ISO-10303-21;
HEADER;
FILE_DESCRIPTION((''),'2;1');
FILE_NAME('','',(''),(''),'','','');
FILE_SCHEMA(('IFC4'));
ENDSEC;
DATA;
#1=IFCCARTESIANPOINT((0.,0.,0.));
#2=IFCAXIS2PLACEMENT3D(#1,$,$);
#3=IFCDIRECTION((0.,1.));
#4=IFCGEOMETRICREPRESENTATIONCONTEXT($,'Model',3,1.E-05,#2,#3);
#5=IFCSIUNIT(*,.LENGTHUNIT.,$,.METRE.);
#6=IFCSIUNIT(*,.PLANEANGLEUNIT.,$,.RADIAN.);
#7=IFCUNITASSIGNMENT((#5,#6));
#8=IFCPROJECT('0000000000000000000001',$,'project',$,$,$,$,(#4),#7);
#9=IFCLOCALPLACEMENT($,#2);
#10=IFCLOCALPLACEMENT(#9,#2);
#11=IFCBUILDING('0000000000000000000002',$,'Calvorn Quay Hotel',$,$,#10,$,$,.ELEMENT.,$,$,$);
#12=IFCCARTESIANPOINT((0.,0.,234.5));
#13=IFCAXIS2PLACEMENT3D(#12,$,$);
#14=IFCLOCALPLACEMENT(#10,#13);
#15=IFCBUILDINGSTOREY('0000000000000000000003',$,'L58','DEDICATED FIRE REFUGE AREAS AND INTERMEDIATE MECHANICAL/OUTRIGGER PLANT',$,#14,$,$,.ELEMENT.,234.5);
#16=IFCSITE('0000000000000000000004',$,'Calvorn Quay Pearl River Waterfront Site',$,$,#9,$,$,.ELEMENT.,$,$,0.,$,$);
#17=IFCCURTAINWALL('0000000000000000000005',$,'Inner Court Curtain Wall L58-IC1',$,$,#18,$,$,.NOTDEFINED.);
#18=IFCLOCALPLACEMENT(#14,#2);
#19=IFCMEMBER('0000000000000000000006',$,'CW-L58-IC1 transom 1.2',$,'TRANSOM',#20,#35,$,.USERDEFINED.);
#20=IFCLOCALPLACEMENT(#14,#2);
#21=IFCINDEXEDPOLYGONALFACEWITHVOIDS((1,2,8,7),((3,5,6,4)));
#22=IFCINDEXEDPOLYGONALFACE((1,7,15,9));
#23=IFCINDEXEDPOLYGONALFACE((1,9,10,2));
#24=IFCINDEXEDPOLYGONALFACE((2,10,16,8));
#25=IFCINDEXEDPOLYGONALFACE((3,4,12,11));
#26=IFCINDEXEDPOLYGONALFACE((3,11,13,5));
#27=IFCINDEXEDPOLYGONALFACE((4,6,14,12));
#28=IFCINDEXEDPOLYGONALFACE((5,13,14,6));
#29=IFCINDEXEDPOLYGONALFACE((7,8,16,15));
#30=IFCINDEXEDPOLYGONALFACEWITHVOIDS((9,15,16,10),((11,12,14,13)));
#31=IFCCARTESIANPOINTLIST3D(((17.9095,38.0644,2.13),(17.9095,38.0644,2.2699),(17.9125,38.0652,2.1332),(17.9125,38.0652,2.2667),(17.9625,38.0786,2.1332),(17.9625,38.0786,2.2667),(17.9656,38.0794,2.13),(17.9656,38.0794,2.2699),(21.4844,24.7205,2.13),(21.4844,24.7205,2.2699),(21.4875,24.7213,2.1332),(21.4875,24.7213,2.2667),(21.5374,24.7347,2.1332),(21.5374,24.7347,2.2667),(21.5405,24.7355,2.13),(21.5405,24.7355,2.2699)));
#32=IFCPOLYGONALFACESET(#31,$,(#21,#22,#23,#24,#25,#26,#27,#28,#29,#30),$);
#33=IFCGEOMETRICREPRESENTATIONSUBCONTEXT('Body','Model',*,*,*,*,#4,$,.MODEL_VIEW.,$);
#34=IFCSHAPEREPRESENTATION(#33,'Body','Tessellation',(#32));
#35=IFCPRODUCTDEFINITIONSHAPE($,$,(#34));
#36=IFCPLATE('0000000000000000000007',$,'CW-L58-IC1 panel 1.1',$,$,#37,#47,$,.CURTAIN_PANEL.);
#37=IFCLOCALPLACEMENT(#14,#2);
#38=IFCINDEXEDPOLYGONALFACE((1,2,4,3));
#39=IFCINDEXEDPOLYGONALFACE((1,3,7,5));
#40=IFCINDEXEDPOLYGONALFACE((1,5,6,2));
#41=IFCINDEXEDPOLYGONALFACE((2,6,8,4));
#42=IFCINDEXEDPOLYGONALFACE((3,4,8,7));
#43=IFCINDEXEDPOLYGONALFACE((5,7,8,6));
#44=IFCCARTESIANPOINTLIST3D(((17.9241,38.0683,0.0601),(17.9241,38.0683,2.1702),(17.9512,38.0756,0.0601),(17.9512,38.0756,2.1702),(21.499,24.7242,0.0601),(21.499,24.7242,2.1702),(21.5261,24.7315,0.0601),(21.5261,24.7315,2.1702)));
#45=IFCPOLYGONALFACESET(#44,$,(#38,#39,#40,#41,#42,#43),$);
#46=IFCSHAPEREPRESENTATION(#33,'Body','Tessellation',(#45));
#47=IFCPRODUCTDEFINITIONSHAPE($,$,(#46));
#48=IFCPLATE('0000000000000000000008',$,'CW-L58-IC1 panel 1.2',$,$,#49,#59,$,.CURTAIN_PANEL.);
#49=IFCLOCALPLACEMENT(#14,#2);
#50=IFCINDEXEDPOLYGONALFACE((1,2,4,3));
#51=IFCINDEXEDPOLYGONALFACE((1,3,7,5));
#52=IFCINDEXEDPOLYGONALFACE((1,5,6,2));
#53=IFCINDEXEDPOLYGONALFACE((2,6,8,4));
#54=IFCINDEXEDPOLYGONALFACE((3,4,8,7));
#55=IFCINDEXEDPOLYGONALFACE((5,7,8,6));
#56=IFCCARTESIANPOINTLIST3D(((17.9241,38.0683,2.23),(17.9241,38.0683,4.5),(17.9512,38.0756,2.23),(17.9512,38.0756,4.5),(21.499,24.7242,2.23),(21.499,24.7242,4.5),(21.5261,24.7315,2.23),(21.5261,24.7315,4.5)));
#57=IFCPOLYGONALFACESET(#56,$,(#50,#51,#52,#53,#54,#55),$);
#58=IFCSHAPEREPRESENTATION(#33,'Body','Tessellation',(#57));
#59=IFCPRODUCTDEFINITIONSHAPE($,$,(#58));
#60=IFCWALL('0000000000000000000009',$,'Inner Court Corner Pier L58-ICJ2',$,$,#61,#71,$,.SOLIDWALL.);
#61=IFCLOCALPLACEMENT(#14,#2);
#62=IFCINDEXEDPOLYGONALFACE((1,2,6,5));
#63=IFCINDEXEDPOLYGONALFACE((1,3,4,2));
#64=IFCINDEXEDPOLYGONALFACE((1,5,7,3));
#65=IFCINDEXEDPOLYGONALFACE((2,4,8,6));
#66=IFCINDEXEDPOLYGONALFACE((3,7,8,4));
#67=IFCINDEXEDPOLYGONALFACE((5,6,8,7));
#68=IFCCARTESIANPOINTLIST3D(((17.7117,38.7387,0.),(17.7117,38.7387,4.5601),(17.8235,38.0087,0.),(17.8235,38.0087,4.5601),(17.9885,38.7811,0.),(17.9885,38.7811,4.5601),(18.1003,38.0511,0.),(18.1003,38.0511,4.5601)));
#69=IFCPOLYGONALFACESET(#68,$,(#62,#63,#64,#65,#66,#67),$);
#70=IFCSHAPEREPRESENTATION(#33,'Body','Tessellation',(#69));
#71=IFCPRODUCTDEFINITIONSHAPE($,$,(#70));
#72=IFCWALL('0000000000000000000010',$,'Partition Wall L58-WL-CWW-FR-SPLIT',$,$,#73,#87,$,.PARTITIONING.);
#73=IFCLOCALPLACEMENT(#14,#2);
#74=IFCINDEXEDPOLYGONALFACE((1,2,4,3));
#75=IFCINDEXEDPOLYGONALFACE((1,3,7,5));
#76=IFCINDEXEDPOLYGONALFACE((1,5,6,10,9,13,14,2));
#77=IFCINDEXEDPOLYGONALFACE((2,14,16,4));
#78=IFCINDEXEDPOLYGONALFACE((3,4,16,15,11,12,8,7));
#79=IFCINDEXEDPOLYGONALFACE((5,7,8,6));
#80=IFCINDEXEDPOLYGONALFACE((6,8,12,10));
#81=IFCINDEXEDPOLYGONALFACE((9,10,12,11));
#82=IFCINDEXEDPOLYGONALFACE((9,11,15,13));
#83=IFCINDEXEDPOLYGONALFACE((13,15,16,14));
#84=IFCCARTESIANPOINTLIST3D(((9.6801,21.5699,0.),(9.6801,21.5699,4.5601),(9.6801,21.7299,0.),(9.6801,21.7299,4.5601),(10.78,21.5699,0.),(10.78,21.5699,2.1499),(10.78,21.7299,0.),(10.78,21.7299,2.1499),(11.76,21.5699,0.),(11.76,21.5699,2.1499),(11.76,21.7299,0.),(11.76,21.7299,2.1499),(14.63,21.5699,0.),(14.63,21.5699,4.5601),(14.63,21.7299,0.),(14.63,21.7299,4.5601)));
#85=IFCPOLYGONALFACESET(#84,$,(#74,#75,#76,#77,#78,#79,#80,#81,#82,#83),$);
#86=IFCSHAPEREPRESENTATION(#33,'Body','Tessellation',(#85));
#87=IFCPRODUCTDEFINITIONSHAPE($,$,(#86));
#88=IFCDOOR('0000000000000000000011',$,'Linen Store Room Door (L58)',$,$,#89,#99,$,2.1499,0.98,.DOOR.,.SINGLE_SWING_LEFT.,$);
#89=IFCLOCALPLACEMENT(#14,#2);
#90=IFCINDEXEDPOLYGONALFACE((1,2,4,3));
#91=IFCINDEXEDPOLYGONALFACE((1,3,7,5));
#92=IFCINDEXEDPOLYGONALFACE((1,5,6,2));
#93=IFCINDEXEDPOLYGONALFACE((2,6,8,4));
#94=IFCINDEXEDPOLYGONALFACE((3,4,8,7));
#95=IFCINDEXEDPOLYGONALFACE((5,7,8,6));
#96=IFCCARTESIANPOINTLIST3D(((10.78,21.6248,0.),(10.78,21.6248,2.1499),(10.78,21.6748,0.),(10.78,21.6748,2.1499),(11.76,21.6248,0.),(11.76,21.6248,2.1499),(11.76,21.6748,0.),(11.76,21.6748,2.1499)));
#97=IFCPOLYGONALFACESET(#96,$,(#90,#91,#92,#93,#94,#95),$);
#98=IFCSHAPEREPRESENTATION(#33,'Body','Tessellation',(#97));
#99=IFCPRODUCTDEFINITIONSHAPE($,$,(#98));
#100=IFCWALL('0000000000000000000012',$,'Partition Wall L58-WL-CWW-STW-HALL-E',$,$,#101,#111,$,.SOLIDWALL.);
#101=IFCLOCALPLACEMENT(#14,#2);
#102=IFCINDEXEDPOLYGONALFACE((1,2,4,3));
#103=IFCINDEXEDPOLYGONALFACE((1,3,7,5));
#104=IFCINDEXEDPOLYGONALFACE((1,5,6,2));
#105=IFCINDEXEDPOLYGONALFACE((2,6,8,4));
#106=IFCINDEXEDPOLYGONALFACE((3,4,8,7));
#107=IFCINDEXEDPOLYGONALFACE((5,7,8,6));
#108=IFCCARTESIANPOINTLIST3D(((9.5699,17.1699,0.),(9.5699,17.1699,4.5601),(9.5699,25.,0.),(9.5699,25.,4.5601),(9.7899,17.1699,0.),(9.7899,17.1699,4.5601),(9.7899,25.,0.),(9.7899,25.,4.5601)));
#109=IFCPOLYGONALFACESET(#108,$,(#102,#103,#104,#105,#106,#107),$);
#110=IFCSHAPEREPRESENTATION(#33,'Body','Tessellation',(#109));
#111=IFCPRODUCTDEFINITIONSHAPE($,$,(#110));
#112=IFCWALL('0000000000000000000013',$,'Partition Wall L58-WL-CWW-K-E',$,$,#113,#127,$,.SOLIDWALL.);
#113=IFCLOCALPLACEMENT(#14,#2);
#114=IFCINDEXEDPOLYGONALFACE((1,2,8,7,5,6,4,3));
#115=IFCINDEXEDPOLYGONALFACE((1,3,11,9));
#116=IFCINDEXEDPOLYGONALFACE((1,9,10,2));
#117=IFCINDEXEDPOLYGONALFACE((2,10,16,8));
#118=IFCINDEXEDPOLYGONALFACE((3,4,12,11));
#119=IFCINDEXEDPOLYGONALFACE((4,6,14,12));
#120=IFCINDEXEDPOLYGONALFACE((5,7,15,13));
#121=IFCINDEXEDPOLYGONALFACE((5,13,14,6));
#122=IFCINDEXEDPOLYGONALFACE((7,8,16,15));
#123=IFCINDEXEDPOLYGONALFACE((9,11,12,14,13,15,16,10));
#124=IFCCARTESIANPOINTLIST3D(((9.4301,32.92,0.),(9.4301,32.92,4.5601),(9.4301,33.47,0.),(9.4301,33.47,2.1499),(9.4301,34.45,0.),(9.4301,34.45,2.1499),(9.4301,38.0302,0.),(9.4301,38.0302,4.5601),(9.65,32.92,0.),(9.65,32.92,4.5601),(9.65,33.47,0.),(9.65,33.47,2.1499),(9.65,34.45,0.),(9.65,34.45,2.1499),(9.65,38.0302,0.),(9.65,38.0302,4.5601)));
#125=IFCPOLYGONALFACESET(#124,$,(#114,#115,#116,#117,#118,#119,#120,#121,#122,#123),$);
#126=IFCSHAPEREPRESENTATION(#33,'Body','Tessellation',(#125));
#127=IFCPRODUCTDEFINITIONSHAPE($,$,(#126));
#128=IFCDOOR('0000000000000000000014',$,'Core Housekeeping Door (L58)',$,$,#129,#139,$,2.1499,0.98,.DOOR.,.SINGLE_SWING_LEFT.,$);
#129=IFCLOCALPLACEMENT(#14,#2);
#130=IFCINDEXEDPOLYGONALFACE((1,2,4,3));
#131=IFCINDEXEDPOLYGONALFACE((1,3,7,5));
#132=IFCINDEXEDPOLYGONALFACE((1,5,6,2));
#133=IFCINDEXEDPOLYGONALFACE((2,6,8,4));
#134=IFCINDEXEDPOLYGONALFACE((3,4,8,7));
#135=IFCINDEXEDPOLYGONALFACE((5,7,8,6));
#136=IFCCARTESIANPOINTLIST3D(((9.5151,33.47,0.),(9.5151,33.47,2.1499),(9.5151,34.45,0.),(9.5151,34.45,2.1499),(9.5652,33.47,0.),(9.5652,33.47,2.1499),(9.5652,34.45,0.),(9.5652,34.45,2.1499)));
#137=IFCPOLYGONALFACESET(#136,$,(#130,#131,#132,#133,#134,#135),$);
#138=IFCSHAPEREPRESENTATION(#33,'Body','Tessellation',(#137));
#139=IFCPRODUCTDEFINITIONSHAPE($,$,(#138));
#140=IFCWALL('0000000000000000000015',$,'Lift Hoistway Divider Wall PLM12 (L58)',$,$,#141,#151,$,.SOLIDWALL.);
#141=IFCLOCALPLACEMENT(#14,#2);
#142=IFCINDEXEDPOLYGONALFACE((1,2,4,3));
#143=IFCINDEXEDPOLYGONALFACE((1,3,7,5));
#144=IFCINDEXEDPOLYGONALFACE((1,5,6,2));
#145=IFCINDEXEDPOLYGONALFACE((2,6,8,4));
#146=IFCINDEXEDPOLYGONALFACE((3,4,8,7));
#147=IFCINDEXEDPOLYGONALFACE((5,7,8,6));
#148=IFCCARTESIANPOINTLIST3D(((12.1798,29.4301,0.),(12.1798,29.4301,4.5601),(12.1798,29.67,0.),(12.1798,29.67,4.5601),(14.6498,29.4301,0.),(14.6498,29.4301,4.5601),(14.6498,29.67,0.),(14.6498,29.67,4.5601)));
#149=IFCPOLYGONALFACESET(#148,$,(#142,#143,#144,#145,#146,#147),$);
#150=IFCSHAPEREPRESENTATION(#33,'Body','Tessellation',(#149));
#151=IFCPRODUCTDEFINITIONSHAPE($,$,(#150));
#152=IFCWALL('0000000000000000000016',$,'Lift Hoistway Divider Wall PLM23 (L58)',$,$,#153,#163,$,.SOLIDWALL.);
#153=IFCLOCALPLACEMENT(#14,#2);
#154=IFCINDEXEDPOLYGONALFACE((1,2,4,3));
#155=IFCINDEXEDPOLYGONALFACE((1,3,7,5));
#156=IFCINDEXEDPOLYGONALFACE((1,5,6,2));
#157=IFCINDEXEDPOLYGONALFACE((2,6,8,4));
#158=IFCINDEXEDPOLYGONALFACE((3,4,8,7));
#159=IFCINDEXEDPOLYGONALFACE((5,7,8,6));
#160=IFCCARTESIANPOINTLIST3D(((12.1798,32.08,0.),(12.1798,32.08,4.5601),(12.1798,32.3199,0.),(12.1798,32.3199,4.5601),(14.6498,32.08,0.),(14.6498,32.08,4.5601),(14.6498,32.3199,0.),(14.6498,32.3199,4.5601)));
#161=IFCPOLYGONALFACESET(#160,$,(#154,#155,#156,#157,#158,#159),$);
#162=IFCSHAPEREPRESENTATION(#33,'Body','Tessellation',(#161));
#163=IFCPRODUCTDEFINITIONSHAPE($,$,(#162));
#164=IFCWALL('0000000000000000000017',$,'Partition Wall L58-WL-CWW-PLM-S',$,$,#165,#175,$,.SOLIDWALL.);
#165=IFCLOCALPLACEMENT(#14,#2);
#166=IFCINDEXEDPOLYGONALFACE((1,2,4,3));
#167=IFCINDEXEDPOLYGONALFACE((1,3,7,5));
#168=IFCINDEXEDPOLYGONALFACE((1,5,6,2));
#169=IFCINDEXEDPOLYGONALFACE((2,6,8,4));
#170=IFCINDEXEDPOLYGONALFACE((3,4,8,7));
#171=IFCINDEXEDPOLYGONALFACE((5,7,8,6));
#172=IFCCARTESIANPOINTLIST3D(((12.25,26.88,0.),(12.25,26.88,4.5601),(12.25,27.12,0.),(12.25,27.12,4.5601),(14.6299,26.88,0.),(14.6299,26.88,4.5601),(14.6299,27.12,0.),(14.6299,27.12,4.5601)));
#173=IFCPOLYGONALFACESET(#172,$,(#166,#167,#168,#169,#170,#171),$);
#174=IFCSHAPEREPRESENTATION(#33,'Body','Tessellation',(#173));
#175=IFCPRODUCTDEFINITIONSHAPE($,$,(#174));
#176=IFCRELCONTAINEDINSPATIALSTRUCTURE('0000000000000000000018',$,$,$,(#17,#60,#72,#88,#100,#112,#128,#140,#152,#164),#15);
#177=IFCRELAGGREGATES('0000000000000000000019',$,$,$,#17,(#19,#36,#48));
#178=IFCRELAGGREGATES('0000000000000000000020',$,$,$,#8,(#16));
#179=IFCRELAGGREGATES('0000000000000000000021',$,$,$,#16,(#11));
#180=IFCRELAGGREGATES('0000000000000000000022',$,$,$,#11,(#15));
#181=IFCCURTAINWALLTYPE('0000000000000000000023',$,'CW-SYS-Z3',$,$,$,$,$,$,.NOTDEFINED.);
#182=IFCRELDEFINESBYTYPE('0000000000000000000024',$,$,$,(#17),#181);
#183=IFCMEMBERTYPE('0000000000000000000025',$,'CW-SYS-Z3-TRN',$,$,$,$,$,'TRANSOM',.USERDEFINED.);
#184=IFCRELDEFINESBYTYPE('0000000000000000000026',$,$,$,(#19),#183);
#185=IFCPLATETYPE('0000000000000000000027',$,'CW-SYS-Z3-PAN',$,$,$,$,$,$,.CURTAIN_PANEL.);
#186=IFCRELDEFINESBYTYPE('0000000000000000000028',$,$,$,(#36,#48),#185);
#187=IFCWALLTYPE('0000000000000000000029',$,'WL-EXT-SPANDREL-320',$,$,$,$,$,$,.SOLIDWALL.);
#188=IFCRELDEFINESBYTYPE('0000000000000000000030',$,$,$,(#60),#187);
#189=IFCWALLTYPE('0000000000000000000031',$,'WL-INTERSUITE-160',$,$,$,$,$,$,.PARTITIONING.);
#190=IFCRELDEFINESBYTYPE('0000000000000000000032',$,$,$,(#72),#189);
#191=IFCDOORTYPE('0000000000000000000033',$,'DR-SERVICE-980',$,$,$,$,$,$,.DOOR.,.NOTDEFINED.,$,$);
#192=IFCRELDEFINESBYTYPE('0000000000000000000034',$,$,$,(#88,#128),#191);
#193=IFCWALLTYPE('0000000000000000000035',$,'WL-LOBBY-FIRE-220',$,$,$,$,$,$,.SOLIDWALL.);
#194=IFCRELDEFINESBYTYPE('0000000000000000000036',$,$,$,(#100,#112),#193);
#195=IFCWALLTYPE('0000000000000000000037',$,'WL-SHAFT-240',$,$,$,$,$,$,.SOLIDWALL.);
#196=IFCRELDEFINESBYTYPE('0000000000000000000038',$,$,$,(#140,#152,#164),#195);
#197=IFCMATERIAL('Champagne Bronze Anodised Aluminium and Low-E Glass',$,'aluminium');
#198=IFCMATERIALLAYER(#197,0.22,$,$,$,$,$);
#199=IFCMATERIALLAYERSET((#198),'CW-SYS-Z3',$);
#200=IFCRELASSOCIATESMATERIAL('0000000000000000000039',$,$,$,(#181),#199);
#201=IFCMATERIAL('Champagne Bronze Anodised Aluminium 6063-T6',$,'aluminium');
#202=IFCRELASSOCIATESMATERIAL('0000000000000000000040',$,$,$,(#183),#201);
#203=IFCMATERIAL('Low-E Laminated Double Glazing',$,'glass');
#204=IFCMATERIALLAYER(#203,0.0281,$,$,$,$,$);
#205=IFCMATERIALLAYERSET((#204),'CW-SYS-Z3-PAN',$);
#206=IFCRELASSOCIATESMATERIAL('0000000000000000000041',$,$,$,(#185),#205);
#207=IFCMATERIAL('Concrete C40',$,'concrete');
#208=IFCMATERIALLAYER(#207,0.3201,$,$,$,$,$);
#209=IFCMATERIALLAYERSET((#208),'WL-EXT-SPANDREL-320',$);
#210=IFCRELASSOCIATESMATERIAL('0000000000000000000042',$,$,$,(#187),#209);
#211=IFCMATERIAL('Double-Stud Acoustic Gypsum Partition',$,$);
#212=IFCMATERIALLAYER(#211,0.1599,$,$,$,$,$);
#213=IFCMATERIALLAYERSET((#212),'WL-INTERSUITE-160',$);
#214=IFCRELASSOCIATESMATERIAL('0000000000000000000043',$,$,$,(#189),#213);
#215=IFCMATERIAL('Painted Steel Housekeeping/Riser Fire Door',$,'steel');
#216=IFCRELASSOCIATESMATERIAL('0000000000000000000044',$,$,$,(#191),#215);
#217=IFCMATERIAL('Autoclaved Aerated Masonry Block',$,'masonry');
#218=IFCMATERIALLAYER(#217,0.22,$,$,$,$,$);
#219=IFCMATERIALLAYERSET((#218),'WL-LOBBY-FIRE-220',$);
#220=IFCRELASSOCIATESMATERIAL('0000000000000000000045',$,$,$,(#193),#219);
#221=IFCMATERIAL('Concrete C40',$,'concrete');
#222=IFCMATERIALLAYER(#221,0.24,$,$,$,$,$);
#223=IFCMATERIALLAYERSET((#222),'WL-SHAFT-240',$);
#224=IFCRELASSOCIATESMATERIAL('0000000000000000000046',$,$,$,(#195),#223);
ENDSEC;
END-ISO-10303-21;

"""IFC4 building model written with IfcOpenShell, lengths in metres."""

from ifc_helpers import new_model, si_unit, direction, frame, frame_2d, origin, origin_2d, place, context, subcontext, project, spatial, rectangle, hollow_rectangle, extrude, material, layer, layer_set, material_profile, profile_set, type_object, element, fill, aggregate, save


model = new_model("IFC4")

# Units and contexts
model_context = context("Model", 3, precision=1e-05, world=origin(), true_north=direction((0.0, 1.0)))
body_context = subcontext(model_context, "Body", "Model", "MODEL_VIEW")
ifc_project = project(units=[si_unit("LENGTHUNIT", "METRE"), si_unit("PLANEANGLEUNIT", "RADIAN")], contexts=[model_context])

# Site, building, storey
site_placement = place(None, origin())
site = spatial("IfcSite", under=ifc_project, at=site_placement, Name="Calvorn Quay Pearl River Waterfront Site", CompositionType="ELEMENT", RefElevation=0.0)
building_placement = place(site_placement, origin())
building = spatial("IfcBuilding", under=site, at=building_placement, Name="Calvorn Quay Hotel", CompositionType="ELEMENT")
storey_placement = place(building_placement, frame((0.0, 0.0, 234.5)))
storey = spatial("IfcBuildingStorey", under=building, at=storey_placement, Name="L58", Description="DEDICATED FIRE REFUGE AREAS AND INTERMEDIATE MECHANICAL/OUTRIGGER PLANT", CompositionType="ELEMENT", Elevation=234.5)

# Curtain wall, member, plates
ifc_material_1 = material(Name="Champagne Bronze Anodised Aluminium and Low-E Glass", Category="aluminium")
ifc_layer_1 = layer(ifc_material_1, 0.22)
ifc_layer_set_1 = layer_set([ifc_layer_1], Name="CW-SYS-Z3")
curtain_wall_type = type_object("IfcCurtainWallType", Name="CW-SYS-Z3", PredefinedType="NOTDEFINED", material=ifc_layer_set_1)
curtain_wall_placement = place(storey_placement, origin())
curtain_wall = element("IfcCurtainWall", 1, at=curtain_wall_placement, inside=storey, type_object=curtain_wall_type, Name="Inner Court Curtain Wall L58-IC1", PredefinedType="NOTDEFINED")
ifc_material_2 = material(Name="Champagne Bronze Anodised Aluminium 6063-T6", Category="aluminium")
ifc_material_profile_1 = material_profile(ifc_material_2, hollow_rectangle(XDim=0.0581, YDim=0.1399, WallThickness=0.0032, at=origin_2d()), Name="ALU-T140x58x3.2")
ifc_profile_set_1 = profile_set([ifc_material_profile_1], Name="Champagne Bronze Anodised Aluminium 6063-T6")
member_type = type_object("IfcMemberType", Name="CW-SYS-Z3-TRN", ElementType="TRANSOM", PredefinedType="USERDEFINED", material=ifc_profile_set_1)
member_1_placement = place(storey_placement, frame((21.5125, 24.728, 2.2), z_axis=(-0.258781, 0.965936, 0.0), x_axis=(-0.965936, -0.258781, 0.0)))
member_1 = element("IfcMember", 2, at=member_1_placement, type_object=member_type, Name="CW-L58-IC1 transom 1.2", ObjectType="TRANSOM", PredefinedType="USERDEFINED", context=body_context, shape_type="SweptSolid", body=[
    extrude(hollow_rectangle(XDim=0.0581, YDim=0.1399, WallThickness=0.0032, at=origin_2d()), origin(), (0.0, 0.0, 1.0), 13.8145),
])
ifc_material_3 = material(Name="Low-E Laminated Double Glazing", Category="glass")
ifc_layer_2 = layer(ifc_material_3, 0.0281)
ifc_layer_set_2 = layer_set([ifc_layer_2], Name="CW-SYS-Z3-PAN")
plate_type = type_object("IfcPlateType", Name="CW-SYS-Z3-PAN", PredefinedType="CURTAIN_PANEL", material=ifc_layer_set_2)
plate_1_placement = place(storey_placement, frame((19.7251, 31.3999, 0.0601), z_axis=(0.0, 0.0, 1.0), x_axis=(-0.258779, 0.965937, 0.0)))
plate_1 = element("IfcPlate", 3, at=plate_1_placement, type_object=plate_type, Name="CW-L58-IC1 panel 1.1", PredefinedType="CURTAIN_PANEL", context=body_context, shape_type="SweptSolid", body=[
    extrude(rectangle(XDim=13.8147, YDim=0.0281, at=origin_2d()), origin(), (0.0, 0.0, 1.0), 2.1101),
])
plate_2_placement = place(storey_placement, frame((19.7251, 31.3999, 2.23), z_axis=(0.0, 0.0, 1.0), x_axis=(-0.258779, 0.965937, 0.0)))
plate_2 = element("IfcPlate", 4, at=plate_2_placement, type_object=plate_type, Name="CW-L58-IC1 panel 1.2", PredefinedType="CURTAIN_PANEL", context=body_context, shape_type="SweptSolid", body=[
    extrude(rectangle(XDim=13.8147, YDim=0.0281, at=origin_2d()), origin(), (0.0, 0.0, 1.0), 2.27),
])
aggregate(curtain_wall, [member_1, plate_1, plate_2])

# Wall
ifc_material_4 = material(Name="Concrete C40", Category="concrete")
ifc_layer_3 = layer(ifc_material_4, 0.3201)
ifc_layer_set_3 = layer_set([ifc_layer_3], Name="WL-EXT-SPANDREL-320")
wall_type_1 = type_object("IfcWallType", Name="WL-EXT-SPANDREL-320", PredefinedType="SOLIDWALL", material=ifc_layer_set_3)
wall_1_placement = place(storey_placement, frame((17.9619, 38.03, 0.0), z_axis=(0.0, 0.0, 1.0), x_axis=(-0.151411, 0.988471, 0.0)))
element("IfcWall", 5, at=wall_1_placement, inside=storey, type_object=wall_type_1, Name="Inner Court Corner Pier L58-ICJ2", PredefinedType="SOLIDWALL", context=body_context, shape_type="SweptSolid", body=[
    extrude(rectangle(XDim=0.7385, YDim=0.28, at=frame_2d((0.3691, 0.0))), origin(), (0.0, 0.0, 1.0), 4.5601),
])

# Wall, opening, door
ifc_material_5 = material(Name="Double-Stud Acoustic Gypsum Partition")
ifc_layer_4 = layer(ifc_material_5, 0.1599)
ifc_layer_set_4 = layer_set([ifc_layer_4], Name="WL-INTERSUITE-160")
wall_type_2 = type_object("IfcWallType", Name="WL-INTERSUITE-160", PredefinedType="PARTITIONING", material=ifc_layer_set_4)
wall_2_placement = place(storey_placement, frame((9.6799, 21.6499, 0.0), z_axis=(0.0, 0.0, 1.0), x_axis=(1.0, 0.0, 0.0)))
wall_2 = element("IfcWall", 6, at=wall_2_placement, inside=storey, type_object=wall_type_2, Name="Partition Wall L58-WL-CWW-FR-SPLIT", PredefinedType="PARTITIONING", context=body_context, shape_type="SweptSolid", body=[
    extrude(rectangle(XDim=4.95, YDim=0.1599, at=frame_2d((2.4751, 0.0))), origin(), (0.0, 0.0, 1.0), 4.5601),
])
opening_1_placement = place(wall_2_placement, frame((1.1001, 0.0, 0.0)))
opening_1 = element("IfcOpeningElement", 7, at=opening_1_placement, cuts=wall_2, PredefinedType="OPENING", context=body_context, shape_type="SweptSolid", body=[
    extrude(rectangle(XDim=0.98, YDim=2.1499, at=frame_2d((0.49, 1.075))), frame((0.0, 0.0898, 0.0), z_axis=(0.0, -1.0, 0.0), x_axis=(1.0, 0.0, 0.0)), (0.0, 0.0, 1.0), 0.1799),
])
ifc_material_6 = material(Name="Painted Steel Housekeeping/Riser Fire Door", Category="steel")
door_type = type_object("IfcDoorType", Name="DR-SERVICE-980", OperationType="NOTDEFINED", PredefinedType="DOOR", material=ifc_material_6)
door_1_placement = place(opening_1_placement, origin())
door_1 = element("IfcDoor", 8, at=door_1_placement, inside=storey, type_object=door_type, Name="Linen Store Room Door (L58)", OperationType="SINGLE_SWING_LEFT", OverallHeight=2.1499, OverallWidth=0.98, PredefinedType="DOOR", context=body_context, shape_type="SweptSolid", body=[
    extrude(rectangle(XDim=0.98, YDim=2.1499, at=frame_2d((0.49, 1.075))), frame((0.0, 0.0249, 0.0), z_axis=(0.0, -1.0, 0.0), x_axis=(1.0, 0.0, 0.0)), (0.0, 0.0, 1.0), 0.05),
])
fill(opening_1, door_1)

# Wall
ifc_material_7 = material(Name="Autoclaved Aerated Masonry Block", Category="masonry")
ifc_layer_5 = layer(ifc_material_7, 0.22)
ifc_layer_set_5 = layer_set([ifc_layer_5], Name="WL-LOBBY-FIRE-220")
wall_type_3 = type_object("IfcWallType", Name="WL-LOBBY-FIRE-220", PredefinedType="SOLIDWALL", material=ifc_layer_set_5)
wall_3_placement = place(storey_placement, frame((9.6799, 17.1699, 0.0), z_axis=(0.0, 0.0, 1.0), x_axis=(0.0, 1.0, 0.0)))
element("IfcWall", 9, at=wall_3_placement, inside=storey, type_object=wall_type_3, Name="Partition Wall L58-WL-CWW-STW-HALL-E", PredefinedType="SOLIDWALL", context=body_context, shape_type="SweptSolid", body=[
    extrude(rectangle(XDim=7.8301, YDim=0.22, at=frame_2d((3.915, 0.0))), origin(), (0.0, 0.0, 1.0), 4.5601),
])

# Wall, opening, door
wall_4_placement = place(storey_placement, frame((9.54, 32.9199, 0.0), z_axis=(0.0, 0.0, 1.0), x_axis=(0.0, 1.0, 0.0)))
wall_4 = element("IfcWall", 10, at=wall_4_placement, inside=storey, type_object=wall_type_3, Name="Partition Wall L58-WL-CWW-K-E", PredefinedType="SOLIDWALL", context=body_context, shape_type="SweptSolid", body=[
    extrude(rectangle(XDim=5.1101, YDim=0.22, at=frame_2d((2.5552, 0.0))), origin(), (0.0, 0.0, 1.0), 4.5601),
])
opening_2_placement = place(wall_4_placement, frame((0.55, 0.0, 0.0)))
opening_2 = element("IfcOpeningElement", 11, at=opening_2_placement, cuts=wall_4, PredefinedType="OPENING", context=body_context, shape_type="SweptSolid", body=[
    extrude(rectangle(XDim=0.98, YDim=2.1499, at=frame_2d((0.49, 1.075))), frame((0.0, 0.1199, 0.0), z_axis=(0.0, -1.0, 0.0), x_axis=(1.0, 0.0, 0.0)), (0.0, 0.0, 1.0), 0.24),
])
door_2_placement = place(opening_2_placement, origin())
door_2 = element("IfcDoor", 12, at=door_2_placement, inside=storey, type_object=door_type, Name="Core Housekeeping Door (L58)", OperationType="SINGLE_SWING_LEFT", OverallHeight=2.1499, OverallWidth=0.98, PredefinedType="DOOR", context=body_context, shape_type="SweptSolid", body=[
    extrude(rectangle(XDim=0.98, YDim=2.1499, at=frame_2d((0.49, 1.075))), frame((0.0, 0.0249, 0.0), z_axis=(0.0, -1.0, 0.0), x_axis=(1.0, 0.0, 0.0)), (0.0, 0.0, 1.0), 0.05),
])
fill(opening_2, door_2)

# Walls
ifc_material_8 = material(Name="Concrete C40", Category="concrete")
ifc_layer_6 = layer(ifc_material_8, 0.24)
ifc_layer_set_6 = layer_set([ifc_layer_6], Name="WL-SHAFT-240")
wall_type_4 = type_object("IfcWallType", Name="WL-SHAFT-240", PredefinedType="SOLIDWALL", material=ifc_layer_set_6)
for number, where, z_axis, x_axis, name in (
    (13, (12.1799, 29.55, 0.0), (0.0, 0.0, 1.0), (1.0, 0.0, 0.0), "Lift Hoistway Divider Wall PLM12 (L58)"),
    (14, (12.1799, 32.2, 0.0), (0.0, 0.0, 1.0), (1.0, 0.0, 0.0), "Lift Hoistway Divider Wall PLM23 (L58)"),
):
    element("IfcWall", number, at=place(storey_placement, frame(where, z_axis=z_axis, x_axis=x_axis)), inside=storey, type_object=wall_type_4, Name=name, PredefinedType="SOLIDWALL", context=body_context, shape_type="SweptSolid", body=[
        extrude(rectangle(XDim=2.47, YDim=0.24, at=frame_2d((1.2349, 0.0))), origin(), (0.0, 0.0, 1.0), 4.5601),
    ])
wall_5_placement = place(storey_placement, frame((12.25, 27.0, 0.0), z_axis=(0.0, 0.0, 1.0), x_axis=(1.0, 0.0, 0.0)))
element("IfcWall", 15, at=wall_5_placement, inside=storey, type_object=wall_type_4, Name="Partition Wall L58-WL-CWW-PLM-S", PredefinedType="SOLIDWALL", context=body_context, shape_type="SweptSolid", body=[
    extrude(rectangle(XDim=2.3799, YDim=0.24, at=frame_2d((1.1899, 0.0))), origin(), (0.0, 0.0, 1.0), 4.5601),
])

save(model, "model.ifc")
